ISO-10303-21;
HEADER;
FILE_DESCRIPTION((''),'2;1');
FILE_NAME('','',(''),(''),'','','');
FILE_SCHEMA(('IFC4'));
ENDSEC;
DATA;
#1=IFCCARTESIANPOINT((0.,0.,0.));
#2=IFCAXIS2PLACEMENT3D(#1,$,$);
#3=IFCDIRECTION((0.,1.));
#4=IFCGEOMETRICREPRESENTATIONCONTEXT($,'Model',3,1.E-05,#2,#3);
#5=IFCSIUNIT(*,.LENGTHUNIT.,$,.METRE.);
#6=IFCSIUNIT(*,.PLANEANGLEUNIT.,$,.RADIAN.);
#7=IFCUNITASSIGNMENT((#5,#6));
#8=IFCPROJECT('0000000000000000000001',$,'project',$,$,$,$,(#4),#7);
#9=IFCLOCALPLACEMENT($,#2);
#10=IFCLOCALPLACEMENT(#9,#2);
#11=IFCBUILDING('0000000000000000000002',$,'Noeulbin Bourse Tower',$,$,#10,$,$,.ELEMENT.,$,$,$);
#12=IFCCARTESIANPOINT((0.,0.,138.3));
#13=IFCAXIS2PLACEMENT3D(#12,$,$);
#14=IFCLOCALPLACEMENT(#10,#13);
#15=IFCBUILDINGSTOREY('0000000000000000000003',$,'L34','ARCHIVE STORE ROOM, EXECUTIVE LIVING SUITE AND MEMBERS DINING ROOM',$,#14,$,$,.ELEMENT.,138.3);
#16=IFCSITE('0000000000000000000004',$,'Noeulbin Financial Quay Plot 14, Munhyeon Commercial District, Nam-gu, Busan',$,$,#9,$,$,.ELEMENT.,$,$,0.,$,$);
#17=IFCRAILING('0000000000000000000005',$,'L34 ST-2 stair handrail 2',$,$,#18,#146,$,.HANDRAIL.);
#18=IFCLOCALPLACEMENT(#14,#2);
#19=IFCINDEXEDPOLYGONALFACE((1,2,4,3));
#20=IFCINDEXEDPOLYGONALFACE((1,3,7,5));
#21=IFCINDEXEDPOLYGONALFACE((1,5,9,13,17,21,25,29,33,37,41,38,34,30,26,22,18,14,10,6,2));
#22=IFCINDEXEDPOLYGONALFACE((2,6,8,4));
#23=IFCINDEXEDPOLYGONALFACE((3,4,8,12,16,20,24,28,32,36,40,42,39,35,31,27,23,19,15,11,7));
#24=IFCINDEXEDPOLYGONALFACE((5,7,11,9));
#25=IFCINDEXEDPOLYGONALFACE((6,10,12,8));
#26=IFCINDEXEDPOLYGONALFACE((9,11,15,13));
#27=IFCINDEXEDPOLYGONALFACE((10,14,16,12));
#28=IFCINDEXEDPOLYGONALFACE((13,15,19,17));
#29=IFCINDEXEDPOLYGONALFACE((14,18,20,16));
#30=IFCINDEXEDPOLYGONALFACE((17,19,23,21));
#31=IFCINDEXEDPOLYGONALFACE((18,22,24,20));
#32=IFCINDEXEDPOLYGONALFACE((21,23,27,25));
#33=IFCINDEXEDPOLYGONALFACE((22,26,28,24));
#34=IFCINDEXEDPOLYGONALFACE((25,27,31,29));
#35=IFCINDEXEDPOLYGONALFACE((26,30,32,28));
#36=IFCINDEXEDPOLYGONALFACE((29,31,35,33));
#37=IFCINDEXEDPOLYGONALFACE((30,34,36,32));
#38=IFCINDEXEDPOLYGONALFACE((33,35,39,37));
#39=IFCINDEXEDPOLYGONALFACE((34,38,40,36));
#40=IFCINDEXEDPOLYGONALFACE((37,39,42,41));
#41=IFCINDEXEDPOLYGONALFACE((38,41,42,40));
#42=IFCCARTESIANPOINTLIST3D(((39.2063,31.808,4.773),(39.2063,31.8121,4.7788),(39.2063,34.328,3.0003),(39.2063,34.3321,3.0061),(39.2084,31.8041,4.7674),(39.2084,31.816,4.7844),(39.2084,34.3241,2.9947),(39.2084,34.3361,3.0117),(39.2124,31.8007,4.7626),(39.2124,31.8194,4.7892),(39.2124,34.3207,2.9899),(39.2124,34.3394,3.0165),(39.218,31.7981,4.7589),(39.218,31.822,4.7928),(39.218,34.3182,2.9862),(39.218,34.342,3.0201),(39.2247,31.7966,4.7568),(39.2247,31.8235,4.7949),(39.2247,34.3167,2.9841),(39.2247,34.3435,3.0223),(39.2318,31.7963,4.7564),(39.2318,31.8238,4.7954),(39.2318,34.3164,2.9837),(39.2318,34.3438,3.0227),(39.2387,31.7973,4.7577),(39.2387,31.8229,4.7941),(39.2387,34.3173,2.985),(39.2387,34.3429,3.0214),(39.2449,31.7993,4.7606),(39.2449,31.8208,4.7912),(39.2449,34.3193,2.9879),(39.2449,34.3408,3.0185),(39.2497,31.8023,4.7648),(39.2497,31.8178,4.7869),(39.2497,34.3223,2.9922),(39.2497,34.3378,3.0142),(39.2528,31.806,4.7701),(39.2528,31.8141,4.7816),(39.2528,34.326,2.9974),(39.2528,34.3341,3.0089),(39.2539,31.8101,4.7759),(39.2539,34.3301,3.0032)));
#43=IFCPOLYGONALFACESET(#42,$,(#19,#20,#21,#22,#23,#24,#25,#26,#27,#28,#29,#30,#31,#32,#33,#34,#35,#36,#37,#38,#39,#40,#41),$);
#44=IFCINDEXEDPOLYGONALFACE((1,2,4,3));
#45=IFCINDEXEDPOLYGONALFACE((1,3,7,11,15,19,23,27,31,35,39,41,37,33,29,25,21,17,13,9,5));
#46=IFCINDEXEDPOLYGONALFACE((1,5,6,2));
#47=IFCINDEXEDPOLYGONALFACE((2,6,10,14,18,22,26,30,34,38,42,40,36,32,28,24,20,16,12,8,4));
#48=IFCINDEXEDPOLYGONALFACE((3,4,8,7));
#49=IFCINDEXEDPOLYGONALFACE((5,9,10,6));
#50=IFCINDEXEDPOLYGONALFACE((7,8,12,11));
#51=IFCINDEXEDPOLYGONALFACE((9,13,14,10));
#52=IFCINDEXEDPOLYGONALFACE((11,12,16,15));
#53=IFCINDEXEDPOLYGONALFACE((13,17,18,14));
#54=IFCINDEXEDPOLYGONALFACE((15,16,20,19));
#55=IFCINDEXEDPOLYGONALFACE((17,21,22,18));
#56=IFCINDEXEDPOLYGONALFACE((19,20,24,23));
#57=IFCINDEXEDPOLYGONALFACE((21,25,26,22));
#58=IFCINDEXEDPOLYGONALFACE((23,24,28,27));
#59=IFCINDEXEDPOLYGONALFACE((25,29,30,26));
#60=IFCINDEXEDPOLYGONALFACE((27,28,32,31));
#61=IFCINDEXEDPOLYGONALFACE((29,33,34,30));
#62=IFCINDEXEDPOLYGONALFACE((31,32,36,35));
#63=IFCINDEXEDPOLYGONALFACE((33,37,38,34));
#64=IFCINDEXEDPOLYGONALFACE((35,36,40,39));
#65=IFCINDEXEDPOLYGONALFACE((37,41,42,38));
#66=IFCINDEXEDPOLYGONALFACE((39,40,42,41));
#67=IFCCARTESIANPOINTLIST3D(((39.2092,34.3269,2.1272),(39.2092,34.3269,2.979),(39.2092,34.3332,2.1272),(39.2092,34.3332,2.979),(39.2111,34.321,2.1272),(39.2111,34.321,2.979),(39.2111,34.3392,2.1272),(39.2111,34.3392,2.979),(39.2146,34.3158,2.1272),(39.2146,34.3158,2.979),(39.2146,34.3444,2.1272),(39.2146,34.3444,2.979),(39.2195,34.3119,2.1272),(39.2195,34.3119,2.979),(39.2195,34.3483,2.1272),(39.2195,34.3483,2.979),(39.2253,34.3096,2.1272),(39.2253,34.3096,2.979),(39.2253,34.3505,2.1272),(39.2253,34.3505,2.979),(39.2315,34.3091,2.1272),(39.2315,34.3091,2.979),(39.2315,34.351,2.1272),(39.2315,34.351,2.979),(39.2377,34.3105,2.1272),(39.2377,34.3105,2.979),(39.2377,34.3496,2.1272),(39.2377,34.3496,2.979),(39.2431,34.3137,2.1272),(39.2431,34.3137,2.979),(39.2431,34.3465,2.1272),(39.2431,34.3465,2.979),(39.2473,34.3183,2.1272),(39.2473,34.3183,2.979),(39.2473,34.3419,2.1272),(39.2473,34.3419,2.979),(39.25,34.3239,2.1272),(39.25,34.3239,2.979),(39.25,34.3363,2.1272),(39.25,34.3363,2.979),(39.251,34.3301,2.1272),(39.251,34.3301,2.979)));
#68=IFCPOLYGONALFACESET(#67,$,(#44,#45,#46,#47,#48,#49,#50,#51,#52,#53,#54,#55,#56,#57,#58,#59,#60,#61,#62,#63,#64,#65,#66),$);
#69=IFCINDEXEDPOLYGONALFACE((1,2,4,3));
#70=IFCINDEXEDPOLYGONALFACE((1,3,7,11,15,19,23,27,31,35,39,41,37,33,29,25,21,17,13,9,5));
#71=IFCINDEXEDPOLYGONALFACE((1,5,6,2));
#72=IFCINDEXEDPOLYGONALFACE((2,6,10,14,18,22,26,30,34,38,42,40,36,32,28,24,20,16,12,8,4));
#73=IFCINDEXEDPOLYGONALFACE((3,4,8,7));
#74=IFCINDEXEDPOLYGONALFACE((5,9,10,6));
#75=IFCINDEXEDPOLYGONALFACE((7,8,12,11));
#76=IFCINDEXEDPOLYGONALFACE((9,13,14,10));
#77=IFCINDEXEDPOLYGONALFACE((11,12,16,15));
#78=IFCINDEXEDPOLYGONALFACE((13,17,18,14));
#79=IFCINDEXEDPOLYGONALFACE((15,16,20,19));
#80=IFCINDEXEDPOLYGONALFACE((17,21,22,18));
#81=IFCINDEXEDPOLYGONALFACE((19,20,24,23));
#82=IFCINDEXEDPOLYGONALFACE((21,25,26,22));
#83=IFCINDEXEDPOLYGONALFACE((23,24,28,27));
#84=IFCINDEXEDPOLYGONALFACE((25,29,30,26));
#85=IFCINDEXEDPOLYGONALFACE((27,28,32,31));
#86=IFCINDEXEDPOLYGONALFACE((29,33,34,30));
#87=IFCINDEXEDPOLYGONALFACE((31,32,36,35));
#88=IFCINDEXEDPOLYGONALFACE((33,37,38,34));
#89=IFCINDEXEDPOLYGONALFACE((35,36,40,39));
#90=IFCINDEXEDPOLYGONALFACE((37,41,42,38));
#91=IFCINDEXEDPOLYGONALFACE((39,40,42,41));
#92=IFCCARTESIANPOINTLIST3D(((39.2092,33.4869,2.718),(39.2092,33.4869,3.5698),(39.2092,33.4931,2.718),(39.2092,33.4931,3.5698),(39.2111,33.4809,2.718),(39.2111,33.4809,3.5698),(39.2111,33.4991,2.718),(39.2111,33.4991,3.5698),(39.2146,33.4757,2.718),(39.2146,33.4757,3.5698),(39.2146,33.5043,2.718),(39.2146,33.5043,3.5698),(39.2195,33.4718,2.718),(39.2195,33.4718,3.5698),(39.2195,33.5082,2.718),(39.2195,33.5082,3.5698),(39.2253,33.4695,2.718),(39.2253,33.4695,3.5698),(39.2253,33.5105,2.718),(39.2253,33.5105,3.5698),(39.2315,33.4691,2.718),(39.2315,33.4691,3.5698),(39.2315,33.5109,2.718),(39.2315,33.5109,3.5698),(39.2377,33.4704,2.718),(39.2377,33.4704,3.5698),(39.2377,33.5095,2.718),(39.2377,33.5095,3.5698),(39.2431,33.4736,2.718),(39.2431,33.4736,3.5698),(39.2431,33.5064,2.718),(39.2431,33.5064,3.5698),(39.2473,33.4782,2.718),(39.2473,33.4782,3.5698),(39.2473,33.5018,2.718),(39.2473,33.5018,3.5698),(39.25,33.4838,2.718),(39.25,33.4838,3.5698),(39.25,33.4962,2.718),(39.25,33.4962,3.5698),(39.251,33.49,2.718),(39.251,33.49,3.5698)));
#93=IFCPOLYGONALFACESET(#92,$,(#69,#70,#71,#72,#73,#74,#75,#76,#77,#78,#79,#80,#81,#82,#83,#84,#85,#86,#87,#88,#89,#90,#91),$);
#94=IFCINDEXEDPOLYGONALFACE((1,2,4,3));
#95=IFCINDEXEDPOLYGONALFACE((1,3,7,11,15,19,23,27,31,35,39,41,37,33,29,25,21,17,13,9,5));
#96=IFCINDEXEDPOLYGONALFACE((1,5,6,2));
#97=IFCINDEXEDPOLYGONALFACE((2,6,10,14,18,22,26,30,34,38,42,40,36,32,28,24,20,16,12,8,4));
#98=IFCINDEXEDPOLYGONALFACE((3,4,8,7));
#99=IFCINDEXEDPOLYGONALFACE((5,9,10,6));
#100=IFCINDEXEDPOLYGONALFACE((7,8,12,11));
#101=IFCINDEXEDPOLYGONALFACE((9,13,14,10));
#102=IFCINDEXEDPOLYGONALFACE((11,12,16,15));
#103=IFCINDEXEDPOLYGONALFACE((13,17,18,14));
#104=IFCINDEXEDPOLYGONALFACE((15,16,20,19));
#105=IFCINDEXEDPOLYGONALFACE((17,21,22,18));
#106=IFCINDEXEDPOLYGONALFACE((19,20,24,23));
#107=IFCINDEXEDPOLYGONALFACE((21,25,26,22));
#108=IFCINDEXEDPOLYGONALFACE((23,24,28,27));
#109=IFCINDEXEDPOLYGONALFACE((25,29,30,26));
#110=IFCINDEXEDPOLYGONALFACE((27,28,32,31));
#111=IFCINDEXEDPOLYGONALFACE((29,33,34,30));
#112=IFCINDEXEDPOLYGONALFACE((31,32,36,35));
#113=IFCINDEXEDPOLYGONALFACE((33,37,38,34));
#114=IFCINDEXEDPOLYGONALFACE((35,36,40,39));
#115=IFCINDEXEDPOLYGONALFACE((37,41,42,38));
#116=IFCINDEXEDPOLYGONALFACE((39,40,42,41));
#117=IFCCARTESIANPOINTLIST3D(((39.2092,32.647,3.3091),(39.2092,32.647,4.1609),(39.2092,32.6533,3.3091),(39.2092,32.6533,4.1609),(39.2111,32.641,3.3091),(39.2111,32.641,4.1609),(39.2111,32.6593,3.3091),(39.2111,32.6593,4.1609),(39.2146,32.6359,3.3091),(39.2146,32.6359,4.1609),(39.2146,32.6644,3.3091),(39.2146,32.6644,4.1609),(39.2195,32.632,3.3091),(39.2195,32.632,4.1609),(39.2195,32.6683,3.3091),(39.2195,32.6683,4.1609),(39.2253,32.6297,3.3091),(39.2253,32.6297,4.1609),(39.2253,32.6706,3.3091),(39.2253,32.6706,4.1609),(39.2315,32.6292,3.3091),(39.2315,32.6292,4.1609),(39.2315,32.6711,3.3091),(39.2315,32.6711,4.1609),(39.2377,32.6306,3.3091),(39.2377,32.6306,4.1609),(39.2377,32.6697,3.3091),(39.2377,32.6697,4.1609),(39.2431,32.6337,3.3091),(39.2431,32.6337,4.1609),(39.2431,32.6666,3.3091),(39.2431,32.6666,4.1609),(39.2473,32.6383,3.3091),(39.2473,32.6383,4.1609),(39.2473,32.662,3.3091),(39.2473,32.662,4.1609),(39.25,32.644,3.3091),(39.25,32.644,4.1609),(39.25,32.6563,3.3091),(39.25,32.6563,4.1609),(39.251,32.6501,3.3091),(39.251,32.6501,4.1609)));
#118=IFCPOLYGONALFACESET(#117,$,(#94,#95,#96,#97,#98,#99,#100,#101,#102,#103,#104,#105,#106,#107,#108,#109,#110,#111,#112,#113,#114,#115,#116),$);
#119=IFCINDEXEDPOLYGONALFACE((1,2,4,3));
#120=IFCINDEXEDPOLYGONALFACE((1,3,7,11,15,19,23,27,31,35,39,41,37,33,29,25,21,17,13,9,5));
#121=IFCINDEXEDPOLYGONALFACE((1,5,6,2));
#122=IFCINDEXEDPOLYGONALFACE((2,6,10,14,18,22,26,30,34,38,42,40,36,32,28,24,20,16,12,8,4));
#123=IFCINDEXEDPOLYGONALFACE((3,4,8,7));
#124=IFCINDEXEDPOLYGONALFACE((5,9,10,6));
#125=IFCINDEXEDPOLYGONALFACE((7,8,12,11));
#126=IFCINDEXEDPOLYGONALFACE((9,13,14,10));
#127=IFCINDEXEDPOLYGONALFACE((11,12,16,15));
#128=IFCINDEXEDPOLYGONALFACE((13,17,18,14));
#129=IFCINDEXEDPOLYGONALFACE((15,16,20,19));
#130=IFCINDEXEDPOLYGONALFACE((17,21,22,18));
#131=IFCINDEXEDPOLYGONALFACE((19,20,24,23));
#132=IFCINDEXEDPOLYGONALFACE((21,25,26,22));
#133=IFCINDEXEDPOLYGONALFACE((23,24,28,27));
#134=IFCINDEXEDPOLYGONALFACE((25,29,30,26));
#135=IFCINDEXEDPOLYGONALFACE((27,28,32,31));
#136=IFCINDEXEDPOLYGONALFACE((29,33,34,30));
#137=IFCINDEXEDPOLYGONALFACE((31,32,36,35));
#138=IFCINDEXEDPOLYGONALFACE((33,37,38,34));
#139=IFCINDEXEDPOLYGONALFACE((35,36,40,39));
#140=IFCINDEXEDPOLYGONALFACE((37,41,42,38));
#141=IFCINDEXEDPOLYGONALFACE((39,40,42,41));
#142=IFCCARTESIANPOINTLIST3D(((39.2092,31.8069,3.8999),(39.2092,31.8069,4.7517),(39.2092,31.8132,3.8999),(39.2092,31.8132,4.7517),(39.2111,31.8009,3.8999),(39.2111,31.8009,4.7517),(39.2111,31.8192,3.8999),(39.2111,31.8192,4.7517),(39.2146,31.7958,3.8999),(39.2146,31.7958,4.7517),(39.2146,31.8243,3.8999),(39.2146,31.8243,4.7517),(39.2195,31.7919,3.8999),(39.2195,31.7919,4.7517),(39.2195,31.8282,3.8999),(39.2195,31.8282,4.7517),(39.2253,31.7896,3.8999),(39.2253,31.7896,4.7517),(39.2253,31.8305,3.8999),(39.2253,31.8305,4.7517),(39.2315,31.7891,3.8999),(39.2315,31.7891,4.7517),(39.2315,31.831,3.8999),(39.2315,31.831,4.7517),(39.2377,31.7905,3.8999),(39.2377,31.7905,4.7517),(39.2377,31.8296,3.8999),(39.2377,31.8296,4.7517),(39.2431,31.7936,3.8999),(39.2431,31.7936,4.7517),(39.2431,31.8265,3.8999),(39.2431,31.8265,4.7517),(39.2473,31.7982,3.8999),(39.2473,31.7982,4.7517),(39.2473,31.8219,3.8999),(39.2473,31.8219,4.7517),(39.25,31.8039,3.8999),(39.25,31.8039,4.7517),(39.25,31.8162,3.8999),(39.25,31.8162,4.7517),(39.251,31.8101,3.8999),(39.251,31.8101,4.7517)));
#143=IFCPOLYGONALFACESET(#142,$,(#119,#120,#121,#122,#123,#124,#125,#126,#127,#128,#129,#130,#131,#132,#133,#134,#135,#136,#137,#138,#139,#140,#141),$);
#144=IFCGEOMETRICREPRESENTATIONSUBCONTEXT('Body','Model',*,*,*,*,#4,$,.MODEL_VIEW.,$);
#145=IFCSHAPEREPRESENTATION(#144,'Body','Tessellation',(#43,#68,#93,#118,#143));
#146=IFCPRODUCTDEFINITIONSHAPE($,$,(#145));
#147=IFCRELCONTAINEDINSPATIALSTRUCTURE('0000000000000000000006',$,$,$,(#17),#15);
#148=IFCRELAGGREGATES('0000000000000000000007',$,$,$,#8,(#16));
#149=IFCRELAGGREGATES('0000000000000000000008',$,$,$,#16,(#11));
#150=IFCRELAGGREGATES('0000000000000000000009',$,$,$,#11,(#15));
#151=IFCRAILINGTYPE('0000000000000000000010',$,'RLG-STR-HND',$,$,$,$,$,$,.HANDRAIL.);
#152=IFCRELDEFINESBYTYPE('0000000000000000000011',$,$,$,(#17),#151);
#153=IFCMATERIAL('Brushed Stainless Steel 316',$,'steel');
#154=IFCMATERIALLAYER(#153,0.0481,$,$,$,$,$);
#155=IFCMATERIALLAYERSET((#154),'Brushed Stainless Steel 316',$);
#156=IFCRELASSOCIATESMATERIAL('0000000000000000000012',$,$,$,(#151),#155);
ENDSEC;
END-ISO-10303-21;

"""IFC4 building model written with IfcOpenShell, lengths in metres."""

from ifc_helpers import new_model, si_unit, direction, frame, origin, origin_2d, place, context, subcontext, project, spatial, circle, extrude, material, layer, layer_set, type_object, element, save


model = new_model("IFC4")

# Units and contexts
model_context = context("Model", 3, precision=1e-05, world=origin(), true_north=direction((0.0, 1.0)))
body_context = subcontext(model_context, "Body", "Model", "MODEL_VIEW")
ifc_project = project(units=[si_unit("LENGTHUNIT", "METRE"), si_unit("PLANEANGLEUNIT", "RADIAN")], contexts=[model_context])

# Site, building, storey
site_placement = place(None, origin())
site = spatial("IfcSite", under=ifc_project, at=site_placement, Name="Noeulbin Financial Quay Plot 14, Munhyeon Commercial District, Nam-gu, Busan", CompositionType="ELEMENT", RefElevation=0.0)
building_placement = place(site_placement, origin())
building = spatial("IfcBuilding", under=site, at=building_placement, Name="Noeulbin Bourse Tower", CompositionType="ELEMENT")
storey_placement = place(building_placement, frame((0.0, 0.0, 138.3)))
storey = spatial("IfcBuildingStorey", under=building, at=storey_placement, Name="L34", Description="ARCHIVE STORE ROOM, EXECUTIVE LIVING SUITE AND MEMBERS DINING ROOM", CompositionType="ELEMENT", Elevation=138.3)

# Railing
ifc_material_1 = material(Name="Brushed Stainless Steel 316", Category="steel")
ifc_layer_1 = layer(ifc_material_1, 0.0481)
ifc_layer_set_1 = layer_set([ifc_layer_1], Name="Brushed Stainless Steel 316")
railing_type_1 = type_object("IfcRailingType", Name="RLG-STR-HND", PredefinedType="HANDRAIL", material=ifc_layer_set_1)
railing_1_placement = place(storey_placement, frame((39.23, 34.3301, 2.1272)))
element("IfcRailing", 1, at=railing_1_placement, inside=storey, type_object=railing_type_1, Name="L34 ST-2 stair handrail 2", PredefinedType="HANDRAIL", context=body_context, shape_type="SweptSolid", body=[
    extrude(circle(Radius=0.0239, at=origin_2d()), frame((0.0, 0.0, 0.876), z_axis=(0.0, -0.817904, 0.575354), x_axis=(1.0, 0.0, 0.0)), (0.0, 0.0, 1.0), 3.0811),
    extrude(circle(Radius=0.021, at=origin_2d()), origin(), (0.0, 0.0, 1.0), 0.8518),
    extrude(circle(Radius=0.021, at=origin_2d()), frame((0.0, -0.8401, 0.5908)), (0.0, 0.0, 1.0), 0.8518),
    extrude(circle(Radius=0.021, at=origin_2d()), frame((0.0, -1.6799, 1.1819)), (0.0, 0.0, 1.0), 0.8518),
    extrude(circle(Radius=0.021, at=origin_2d()), frame((0.0, -2.52, 1.7727)), (0.0, 0.0, 1.0), 0.8518),
])

save(model, "model.ifc")
